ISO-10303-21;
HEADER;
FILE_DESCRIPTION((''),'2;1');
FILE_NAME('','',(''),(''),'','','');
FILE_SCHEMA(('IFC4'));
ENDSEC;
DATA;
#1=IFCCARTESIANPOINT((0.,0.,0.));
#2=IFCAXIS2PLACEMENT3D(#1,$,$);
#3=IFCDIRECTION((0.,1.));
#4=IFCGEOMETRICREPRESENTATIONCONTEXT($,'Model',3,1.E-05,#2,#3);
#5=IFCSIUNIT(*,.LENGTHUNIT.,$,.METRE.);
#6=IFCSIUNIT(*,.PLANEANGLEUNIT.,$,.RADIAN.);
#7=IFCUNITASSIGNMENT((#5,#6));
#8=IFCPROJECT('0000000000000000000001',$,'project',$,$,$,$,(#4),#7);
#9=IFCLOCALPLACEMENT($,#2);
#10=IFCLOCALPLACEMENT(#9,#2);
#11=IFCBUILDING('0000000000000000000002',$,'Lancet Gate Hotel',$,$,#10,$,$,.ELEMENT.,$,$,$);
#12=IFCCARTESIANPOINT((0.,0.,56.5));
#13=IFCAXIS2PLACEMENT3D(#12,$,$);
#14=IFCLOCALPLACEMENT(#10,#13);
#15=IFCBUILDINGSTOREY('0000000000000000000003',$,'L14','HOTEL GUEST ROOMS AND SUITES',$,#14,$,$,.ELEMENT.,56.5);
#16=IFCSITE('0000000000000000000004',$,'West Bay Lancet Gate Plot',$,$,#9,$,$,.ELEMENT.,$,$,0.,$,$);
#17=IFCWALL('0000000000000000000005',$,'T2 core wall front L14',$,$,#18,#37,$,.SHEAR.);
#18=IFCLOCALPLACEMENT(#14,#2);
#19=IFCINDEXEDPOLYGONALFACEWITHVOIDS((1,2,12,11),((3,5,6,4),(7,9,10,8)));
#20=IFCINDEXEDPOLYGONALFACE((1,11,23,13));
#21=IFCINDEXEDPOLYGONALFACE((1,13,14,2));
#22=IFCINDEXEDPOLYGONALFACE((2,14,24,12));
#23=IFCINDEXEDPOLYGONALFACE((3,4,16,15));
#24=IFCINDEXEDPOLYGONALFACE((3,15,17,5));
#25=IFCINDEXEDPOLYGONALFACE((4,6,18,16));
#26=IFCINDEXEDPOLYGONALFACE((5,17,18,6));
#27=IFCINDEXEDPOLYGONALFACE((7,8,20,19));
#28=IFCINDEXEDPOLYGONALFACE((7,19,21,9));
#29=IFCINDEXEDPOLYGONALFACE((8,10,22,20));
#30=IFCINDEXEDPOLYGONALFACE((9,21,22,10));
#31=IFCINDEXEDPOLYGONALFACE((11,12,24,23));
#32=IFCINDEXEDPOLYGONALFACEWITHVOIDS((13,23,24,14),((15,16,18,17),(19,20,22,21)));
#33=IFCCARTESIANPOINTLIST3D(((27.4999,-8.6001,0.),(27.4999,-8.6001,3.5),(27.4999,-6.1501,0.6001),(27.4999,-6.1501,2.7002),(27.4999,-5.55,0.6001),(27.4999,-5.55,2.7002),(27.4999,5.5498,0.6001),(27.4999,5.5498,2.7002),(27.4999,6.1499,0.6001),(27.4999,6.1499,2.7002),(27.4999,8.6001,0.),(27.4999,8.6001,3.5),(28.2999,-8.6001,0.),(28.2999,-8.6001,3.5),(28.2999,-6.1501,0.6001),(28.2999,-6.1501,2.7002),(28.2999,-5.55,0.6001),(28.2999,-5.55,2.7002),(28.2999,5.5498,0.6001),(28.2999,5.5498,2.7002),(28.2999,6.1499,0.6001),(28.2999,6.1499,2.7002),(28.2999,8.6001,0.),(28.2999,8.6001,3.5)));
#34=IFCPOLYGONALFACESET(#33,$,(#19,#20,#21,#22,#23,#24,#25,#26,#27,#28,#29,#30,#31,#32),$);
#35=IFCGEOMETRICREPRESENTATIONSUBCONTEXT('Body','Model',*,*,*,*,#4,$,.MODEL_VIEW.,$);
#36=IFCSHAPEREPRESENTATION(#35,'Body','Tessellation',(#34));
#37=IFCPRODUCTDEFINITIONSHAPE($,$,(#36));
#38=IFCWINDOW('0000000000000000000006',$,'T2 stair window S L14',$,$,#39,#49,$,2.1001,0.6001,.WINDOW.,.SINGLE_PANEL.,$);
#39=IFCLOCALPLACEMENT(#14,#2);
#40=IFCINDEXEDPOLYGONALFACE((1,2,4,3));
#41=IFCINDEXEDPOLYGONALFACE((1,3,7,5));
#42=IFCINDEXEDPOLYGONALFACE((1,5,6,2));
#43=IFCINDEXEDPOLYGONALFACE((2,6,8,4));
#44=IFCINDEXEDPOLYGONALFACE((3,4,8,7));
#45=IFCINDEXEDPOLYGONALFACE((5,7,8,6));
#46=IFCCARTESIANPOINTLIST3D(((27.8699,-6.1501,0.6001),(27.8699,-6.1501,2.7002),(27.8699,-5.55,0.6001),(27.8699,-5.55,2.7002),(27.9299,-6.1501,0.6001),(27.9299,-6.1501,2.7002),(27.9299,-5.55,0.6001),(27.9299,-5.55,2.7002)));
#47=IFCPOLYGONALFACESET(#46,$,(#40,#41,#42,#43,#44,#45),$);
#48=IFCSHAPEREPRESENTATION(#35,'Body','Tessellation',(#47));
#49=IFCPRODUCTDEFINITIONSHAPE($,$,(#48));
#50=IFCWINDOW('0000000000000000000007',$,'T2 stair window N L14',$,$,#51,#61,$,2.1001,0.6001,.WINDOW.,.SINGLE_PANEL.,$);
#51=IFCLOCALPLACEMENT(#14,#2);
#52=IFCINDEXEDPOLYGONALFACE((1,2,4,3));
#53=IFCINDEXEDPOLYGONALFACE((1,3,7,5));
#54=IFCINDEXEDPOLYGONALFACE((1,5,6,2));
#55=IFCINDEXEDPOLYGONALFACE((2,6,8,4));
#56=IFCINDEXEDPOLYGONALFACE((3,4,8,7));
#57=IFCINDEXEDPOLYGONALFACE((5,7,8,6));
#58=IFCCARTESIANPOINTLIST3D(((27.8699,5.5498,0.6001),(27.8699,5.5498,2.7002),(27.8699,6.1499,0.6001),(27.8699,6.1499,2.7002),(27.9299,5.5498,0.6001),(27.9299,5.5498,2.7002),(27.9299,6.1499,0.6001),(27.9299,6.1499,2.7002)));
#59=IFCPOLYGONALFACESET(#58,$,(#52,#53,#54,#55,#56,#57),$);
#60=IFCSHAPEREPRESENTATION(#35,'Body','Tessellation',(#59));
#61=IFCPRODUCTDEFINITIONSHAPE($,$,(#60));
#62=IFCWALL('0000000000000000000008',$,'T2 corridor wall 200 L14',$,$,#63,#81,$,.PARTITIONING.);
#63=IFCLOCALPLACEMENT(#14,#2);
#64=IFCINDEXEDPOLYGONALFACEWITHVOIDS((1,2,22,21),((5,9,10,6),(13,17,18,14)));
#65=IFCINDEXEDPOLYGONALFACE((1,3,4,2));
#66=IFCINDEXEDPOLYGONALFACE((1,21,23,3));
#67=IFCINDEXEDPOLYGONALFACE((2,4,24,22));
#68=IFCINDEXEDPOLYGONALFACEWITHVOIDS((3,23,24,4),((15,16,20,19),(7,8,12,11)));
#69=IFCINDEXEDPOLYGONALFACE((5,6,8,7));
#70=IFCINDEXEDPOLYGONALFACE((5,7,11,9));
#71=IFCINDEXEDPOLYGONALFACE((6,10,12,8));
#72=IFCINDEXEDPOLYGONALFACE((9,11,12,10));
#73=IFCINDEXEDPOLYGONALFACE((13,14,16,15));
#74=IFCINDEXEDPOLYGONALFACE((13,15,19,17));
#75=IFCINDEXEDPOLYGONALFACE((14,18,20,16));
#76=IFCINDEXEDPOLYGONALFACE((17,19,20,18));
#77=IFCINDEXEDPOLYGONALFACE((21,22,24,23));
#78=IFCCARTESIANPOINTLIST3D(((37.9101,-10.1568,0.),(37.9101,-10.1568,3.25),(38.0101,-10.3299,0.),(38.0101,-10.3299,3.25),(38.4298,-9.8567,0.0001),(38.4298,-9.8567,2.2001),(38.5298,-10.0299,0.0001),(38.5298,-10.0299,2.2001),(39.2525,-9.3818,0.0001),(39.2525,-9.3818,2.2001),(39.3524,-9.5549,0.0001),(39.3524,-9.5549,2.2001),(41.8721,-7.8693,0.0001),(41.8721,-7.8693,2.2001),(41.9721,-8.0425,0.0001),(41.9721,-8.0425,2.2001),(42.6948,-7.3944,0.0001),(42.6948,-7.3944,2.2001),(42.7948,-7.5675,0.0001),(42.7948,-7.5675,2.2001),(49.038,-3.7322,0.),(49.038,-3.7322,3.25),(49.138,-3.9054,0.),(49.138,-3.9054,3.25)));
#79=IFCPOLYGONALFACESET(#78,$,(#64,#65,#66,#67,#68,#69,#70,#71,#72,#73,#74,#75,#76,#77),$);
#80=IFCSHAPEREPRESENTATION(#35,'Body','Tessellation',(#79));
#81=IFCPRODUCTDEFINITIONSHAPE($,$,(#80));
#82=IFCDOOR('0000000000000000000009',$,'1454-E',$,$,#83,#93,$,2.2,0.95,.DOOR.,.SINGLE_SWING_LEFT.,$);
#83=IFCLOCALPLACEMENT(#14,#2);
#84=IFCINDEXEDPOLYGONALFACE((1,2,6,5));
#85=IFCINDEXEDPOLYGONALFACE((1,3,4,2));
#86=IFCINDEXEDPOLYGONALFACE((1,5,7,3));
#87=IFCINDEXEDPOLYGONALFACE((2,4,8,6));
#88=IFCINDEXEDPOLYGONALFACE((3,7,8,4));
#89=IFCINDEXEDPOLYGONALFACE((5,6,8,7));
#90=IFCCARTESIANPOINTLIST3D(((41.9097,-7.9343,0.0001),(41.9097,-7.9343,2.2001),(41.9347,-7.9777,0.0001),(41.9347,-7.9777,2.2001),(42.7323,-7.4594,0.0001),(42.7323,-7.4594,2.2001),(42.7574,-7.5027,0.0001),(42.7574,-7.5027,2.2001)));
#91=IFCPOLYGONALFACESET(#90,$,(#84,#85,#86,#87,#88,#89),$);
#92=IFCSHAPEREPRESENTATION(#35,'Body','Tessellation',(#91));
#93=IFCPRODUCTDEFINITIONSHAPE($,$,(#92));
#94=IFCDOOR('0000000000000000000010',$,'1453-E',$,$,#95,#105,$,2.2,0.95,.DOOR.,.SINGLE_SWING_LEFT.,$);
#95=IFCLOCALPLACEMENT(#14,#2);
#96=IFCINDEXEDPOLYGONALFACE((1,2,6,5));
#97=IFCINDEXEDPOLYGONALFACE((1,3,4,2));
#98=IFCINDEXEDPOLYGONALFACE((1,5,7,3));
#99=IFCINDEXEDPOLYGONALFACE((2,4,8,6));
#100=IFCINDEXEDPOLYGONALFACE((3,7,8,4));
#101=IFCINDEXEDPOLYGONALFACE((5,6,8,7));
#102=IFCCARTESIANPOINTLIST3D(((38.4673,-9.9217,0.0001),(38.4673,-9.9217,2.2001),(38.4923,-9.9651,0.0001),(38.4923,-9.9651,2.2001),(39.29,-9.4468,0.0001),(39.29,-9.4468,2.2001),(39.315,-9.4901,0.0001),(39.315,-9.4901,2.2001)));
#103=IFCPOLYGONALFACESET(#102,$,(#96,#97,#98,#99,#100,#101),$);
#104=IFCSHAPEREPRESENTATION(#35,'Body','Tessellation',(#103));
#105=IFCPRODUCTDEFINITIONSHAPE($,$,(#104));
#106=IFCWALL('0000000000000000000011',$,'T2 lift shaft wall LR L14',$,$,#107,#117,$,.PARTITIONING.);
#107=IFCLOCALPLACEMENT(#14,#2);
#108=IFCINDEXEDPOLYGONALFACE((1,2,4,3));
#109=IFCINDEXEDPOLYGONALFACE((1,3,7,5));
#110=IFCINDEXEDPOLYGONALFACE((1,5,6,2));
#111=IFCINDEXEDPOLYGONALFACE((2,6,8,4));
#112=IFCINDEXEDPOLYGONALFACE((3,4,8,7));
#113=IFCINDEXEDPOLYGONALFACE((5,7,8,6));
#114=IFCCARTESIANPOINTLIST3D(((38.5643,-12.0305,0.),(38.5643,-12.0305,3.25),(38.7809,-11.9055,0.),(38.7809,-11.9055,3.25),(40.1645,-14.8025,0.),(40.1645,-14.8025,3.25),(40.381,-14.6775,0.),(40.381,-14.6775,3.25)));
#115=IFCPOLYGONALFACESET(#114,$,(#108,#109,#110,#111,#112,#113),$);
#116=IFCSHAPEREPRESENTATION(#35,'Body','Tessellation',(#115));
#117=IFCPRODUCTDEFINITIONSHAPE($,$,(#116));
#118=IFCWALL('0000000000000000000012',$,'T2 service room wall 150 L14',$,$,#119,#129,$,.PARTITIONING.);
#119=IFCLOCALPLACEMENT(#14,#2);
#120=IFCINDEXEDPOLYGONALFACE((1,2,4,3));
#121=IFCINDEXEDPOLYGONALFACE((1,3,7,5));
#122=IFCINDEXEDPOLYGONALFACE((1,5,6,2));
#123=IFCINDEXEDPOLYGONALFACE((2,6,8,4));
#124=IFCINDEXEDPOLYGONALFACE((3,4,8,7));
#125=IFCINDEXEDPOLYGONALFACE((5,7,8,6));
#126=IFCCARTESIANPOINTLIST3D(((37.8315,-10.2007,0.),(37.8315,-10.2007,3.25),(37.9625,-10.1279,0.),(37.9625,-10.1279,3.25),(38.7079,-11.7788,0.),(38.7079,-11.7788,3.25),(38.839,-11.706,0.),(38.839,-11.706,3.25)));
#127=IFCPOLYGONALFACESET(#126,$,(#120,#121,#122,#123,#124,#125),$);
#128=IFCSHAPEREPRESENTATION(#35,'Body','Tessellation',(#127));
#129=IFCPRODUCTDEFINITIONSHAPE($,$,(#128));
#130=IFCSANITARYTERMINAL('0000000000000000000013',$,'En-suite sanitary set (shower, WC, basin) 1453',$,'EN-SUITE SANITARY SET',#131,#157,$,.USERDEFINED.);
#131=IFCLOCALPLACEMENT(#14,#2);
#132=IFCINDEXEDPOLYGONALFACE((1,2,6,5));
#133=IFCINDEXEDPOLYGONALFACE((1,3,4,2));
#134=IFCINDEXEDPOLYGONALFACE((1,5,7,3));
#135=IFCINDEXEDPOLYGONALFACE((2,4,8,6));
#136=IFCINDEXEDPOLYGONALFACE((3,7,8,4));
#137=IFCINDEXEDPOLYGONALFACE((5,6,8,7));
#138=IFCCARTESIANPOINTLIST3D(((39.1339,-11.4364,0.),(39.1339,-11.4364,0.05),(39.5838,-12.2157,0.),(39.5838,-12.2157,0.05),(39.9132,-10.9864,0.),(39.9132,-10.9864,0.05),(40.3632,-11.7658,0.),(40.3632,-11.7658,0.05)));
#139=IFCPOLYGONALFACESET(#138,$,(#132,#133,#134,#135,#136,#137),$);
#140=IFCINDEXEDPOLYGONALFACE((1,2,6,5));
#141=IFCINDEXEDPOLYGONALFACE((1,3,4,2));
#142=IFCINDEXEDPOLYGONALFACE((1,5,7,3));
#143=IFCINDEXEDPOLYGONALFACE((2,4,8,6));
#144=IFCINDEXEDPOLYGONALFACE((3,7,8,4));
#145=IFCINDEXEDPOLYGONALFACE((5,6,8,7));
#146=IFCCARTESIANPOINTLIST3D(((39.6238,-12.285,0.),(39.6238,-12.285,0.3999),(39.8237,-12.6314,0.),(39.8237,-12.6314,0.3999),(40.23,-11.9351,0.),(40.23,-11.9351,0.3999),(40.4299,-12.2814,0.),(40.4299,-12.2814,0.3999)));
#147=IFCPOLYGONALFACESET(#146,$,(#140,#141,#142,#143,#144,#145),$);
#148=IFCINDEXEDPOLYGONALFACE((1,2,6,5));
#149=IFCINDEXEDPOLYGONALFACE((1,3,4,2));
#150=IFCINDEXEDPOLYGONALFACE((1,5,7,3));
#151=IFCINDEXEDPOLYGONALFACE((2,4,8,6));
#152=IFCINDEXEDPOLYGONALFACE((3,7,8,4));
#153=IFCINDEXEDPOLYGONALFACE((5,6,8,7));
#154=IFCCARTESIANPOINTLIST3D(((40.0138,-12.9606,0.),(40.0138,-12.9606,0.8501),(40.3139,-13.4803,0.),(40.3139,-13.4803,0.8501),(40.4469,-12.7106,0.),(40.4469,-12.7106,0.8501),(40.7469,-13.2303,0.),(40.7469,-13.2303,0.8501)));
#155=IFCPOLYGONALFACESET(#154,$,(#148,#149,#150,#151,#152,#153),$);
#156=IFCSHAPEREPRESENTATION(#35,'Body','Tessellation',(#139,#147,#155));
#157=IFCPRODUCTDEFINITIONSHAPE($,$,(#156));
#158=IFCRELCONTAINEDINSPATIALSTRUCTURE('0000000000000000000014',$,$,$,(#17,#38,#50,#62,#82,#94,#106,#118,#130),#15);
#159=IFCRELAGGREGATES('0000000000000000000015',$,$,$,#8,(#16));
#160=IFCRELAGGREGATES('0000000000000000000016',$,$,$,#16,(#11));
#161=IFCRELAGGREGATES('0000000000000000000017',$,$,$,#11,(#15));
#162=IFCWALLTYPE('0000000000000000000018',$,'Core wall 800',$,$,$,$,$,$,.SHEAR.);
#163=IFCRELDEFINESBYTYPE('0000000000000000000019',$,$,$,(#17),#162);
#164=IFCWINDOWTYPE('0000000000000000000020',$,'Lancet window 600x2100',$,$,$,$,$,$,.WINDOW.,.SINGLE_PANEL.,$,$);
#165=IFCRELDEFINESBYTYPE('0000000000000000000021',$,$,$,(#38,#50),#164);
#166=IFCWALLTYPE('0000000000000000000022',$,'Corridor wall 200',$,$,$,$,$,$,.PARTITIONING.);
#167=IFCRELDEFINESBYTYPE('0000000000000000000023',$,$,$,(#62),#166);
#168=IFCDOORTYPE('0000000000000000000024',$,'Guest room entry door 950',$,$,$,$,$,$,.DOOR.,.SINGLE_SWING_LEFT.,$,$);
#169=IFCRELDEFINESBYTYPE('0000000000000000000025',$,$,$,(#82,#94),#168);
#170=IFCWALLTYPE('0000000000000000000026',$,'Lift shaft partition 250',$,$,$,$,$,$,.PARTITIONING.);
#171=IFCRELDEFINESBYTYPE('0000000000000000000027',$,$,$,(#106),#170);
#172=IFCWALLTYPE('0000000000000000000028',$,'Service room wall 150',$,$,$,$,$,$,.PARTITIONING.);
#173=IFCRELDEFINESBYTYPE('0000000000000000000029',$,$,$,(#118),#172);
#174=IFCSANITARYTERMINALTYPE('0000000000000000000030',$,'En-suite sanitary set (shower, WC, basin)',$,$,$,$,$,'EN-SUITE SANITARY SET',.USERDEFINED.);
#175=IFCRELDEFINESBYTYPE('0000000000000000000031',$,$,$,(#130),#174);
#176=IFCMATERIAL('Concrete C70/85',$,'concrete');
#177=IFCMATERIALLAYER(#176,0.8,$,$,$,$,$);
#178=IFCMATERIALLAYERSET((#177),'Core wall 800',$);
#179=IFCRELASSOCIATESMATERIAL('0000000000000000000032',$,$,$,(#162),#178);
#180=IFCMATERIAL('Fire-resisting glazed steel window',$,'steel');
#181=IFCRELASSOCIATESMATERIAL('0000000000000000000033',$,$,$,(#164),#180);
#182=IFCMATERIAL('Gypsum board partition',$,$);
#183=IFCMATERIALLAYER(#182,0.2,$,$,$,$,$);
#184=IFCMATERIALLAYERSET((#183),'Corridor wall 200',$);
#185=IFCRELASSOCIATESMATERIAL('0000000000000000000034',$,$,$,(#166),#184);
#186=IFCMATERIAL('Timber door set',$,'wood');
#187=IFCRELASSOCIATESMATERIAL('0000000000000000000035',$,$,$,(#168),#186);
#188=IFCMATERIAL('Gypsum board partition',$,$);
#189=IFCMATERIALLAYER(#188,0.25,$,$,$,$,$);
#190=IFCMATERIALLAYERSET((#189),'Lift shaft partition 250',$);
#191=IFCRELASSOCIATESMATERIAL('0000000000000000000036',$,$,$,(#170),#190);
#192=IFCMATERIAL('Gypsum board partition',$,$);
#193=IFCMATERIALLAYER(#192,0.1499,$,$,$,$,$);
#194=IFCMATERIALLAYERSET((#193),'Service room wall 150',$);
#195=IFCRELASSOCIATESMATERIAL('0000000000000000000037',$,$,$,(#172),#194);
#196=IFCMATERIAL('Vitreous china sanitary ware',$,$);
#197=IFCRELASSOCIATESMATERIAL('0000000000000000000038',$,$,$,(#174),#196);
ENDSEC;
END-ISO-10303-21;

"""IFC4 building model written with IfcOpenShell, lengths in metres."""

from ifc_helpers import new_model, si_unit, direction, frame, frame_2d, origin, origin_2d, place, context, subcontext, project, spatial, rectangle, extrude, material, layer, layer_set, type_object, element, fill, save


model = new_model("IFC4")

# Units and contexts
model_context = context("Model", 3, precision=1e-05, world=origin(), true_north=direction((0.0, 1.0)))
body_context = subcontext(model_context, "Body", "Model", "MODEL_VIEW")
ifc_project = project(units=[si_unit("LENGTHUNIT", "METRE"), si_unit("PLANEANGLEUNIT", "RADIAN")], contexts=[model_context])

# Site, building, storey
site_placement = place(None, origin())
site = spatial("IfcSite", under=ifc_project, at=site_placement, Name="West Bay Lancet Gate Plot", CompositionType="ELEMENT", RefElevation=0.0)
building_placement = place(site_placement, origin())
building = spatial("IfcBuilding", under=site, at=building_placement, Name="Lancet Gate Hotel", CompositionType="ELEMENT")
storey_placement = place(building_placement, frame((0.0, 0.0, 56.5)))
storey = spatial("IfcBuildingStorey", under=building, at=storey_placement, Name="L14", Description="HOTEL GUEST ROOMS AND SUITES", CompositionType="ELEMENT", Elevation=56.5)

# Wall, openings, windows
ifc_material_1 = material(Name="Concrete C70/85", Category="concrete")
ifc_layer_1 = layer(ifc_material_1, 0.8)
ifc_layer_set_1 = layer_set([ifc_layer_1], Name="Core wall 800")
wall_type_1 = type_object("IfcWallType", Name="Core wall 800", PredefinedType="SHEAR", material=ifc_layer_set_1)
wall_1_placement = place(storey_placement, frame((27.8999, -8.6001, 0.0), z_axis=(0.0, 0.0, 1.0), x_axis=(0.0, 1.0, 0.0)))
wall_1 = element("IfcWall", 1, at=wall_1_placement, inside=storey, type_object=wall_type_1, Name="T2 core wall front L14", PredefinedType="SHEAR", context=body_context, shape_type="SweptSolid", body=[
    extrude(rectangle(XDim=17.2002, YDim=0.8, at=frame_2d((8.6001, 0.0))), origin(), (0.0, 0.0, 1.0), 3.5),
])
opening_1_placement = place(wall_1_placement, frame((2.45, 0.0, 0.6001)))
opening_1 = element("IfcOpeningElement", 2, at=opening_1_placement, cuts=wall_1, PredefinedType="OPENING", context=body_context, shape_type="SweptSolid", body=[
    extrude(rectangle(XDim=0.6001, YDim=2.1001, at=frame_2d((0.3, 1.05))), frame((0.0, 0.4099, 0.0), z_axis=(0.0, -1.0, 0.0), x_axis=(1.0, 0.0, 0.0)), (0.0, 0.0, 1.0), 0.8201),
])
opening_2_placement = place(wall_1_placement, frame((14.1499, 0.0, 0.6001)))
opening_2 = element("IfcOpeningElement", 3, at=opening_2_placement, cuts=wall_1, PredefinedType="OPENING", context=body_context, shape_type="SweptSolid", body=[
    extrude(rectangle(XDim=0.6001, YDim=2.1001, at=frame_2d((0.3, 1.05))), frame((0.0, 0.4099, 0.0), z_axis=(0.0, -1.0, 0.0), x_axis=(1.0, 0.0, 0.0)), (0.0, 0.0, 1.0), 0.8201),
])
ifc_material_2 = material(Name="Fire-resisting glazed steel window", Category="steel")
window_type = type_object("IfcWindowType", Name="Lancet window 600x2100", PartitioningType="SINGLE_PANEL", PredefinedType="WINDOW", material=ifc_material_2)
window_1_placement = place(opening_1_placement, origin())
window_1 = element("IfcWindow", 4, at=window_1_placement, inside=storey, type_object=window_type, Name="T2 stair window S L14", OverallHeight=2.1001, OverallWidth=0.6001, PartitioningType="SINGLE_PANEL", PredefinedType="WINDOW", context=body_context, shape_type="SweptSolid", body=[
    extrude(rectangle(XDim=0.6001, YDim=2.1001, at=frame_2d((0.3, 1.05))), frame((0.0, 0.03, 0.0), z_axis=(0.0, -1.0, 0.0), x_axis=(1.0, 0.0, 0.0)), (0.0, 0.0, 1.0), 0.0601),
])
fill(opening_1, window_1)
window_2_placement = place(opening_2_placement, origin())
window_2 = element("IfcWindow", 5, at=window_2_placement, inside=storey, type_object=window_type, Name="T2 stair window N L14", OverallHeight=2.1001, OverallWidth=0.6001, PartitioningType="SINGLE_PANEL", PredefinedType="WINDOW", context=body_context, shape_type="SweptSolid", body=[
    extrude(rectangle(XDim=0.6001, YDim=2.1001, at=frame_2d((0.3, 1.05))), frame((0.0, 0.03, 0.0), z_axis=(0.0, -1.0, 0.0), x_axis=(1.0, 0.0, 0.0)), (0.0, 0.0, 1.0), 0.0601),
])
fill(opening_2, window_2)

# Wall, openings, doors
ifc_material_3 = material(Name="Gypsum board partition")
ifc_layer_2 = layer(ifc_material_3, 0.2)
ifc_layer_set_2 = layer_set([ifc_layer_2], Name="Corridor wall 200")
wall_type_2 = type_object("IfcWallType", Name="Corridor wall 200", PredefinedType="PARTITIONING", material=ifc_layer_set_2)
wall_2_placement = place(storey_placement, frame((37.96, -10.2434, 0.0), z_axis=(0.0, 0.0, 1.0), x_axis=(0.866031, 0.499991, 0.0)))
wall_2 = element("IfcWall", 6, at=wall_2_placement, inside=storey, type_object=wall_type_2, Name="T2 corridor wall 200 L14", PredefinedType="PARTITIONING", context=body_context, shape_type="SweptSolid", body=[
    extrude(rectangle(XDim=12.8494, YDim=0.2, at=frame_2d((6.4248, 0.0))), origin(), (0.0, 0.0, 1.0), 3.25),
])
opening_3_placement = place(wall_2_placement, frame((4.575, 0.0, 0.0)))
opening_3 = element("IfcOpeningElement", 7, at=opening_3_placement, cuts=wall_2, PredefinedType="OPENING", context=body_context, shape_type="SweptSolid", body=[
    extrude(rectangle(XDim=0.95, YDim=2.2, at=frame_2d((0.4751, 1.1001))), frame((0.0, 0.1099, 0.0), z_axis=(0.0, -1.0, 0.0), x_axis=(1.0, 0.0, 0.0)), (0.0, 0.0, 1.0), 0.22),
])
opening_4_placement = place(wall_2_placement, frame((0.6001, 0.0, 0.0)))
opening_4 = element("IfcOpeningElement", 8, at=opening_4_placement, cuts=wall_2, PredefinedType="OPENING", context=body_context, shape_type="SweptSolid", body=[
    extrude(rectangle(XDim=0.95, YDim=2.2, at=frame_2d((0.4751, 1.1001))), frame((0.0, 0.1099, 0.0), z_axis=(0.0, -1.0, 0.0), x_axis=(1.0, 0.0, 0.0)), (0.0, 0.0, 1.0), 0.22),
])
ifc_material_4 = material(Name="Timber door set", Category="wood")
door_type_1 = type_object("IfcDoorType", Name="Guest room entry door 950", OperationType="SINGLE_SWING_LEFT", PredefinedType="DOOR", material=ifc_material_4)
door_1_placement = place(opening_3_placement, origin())
door_1 = element("IfcDoor", 9, at=door_1_placement, inside=storey, type_object=door_type_1, Name="1454-E", OperationType="SINGLE_SWING_LEFT", OverallHeight=2.2, OverallWidth=0.95, PredefinedType="DOOR", context=body_context, shape_type="SweptSolid", body=[
    extrude(rectangle(XDim=0.95, YDim=2.2, at=frame_2d((0.4751, 1.1001))), frame((0.0, 0.0249, 0.0), z_axis=(0.0, -1.0, 0.0), x_axis=(1.0, 0.0, 0.0)), (0.0, 0.0, 1.0), 0.05),
])
fill(opening_3, door_1)
door_2_placement = place(opening_4_placement, origin())
door_2 = element("IfcDoor", 10, at=door_2_placement, inside=storey, type_object=door_type_1, Name="1453-E", OperationType="SINGLE_SWING_LEFT", OverallHeight=2.2, OverallWidth=0.95, PredefinedType="DOOR", context=body_context, shape_type="SweptSolid", body=[
    extrude(rectangle(XDim=0.95, YDim=2.2, at=frame_2d((0.4751, 1.1001))), frame((0.0, 0.0249, 0.0), z_axis=(0.0, -1.0, 0.0), x_axis=(1.0, 0.0, 0.0)), (0.0, 0.0, 1.0), 0.05),
])
fill(opening_4, door_2)

# Walls
ifc_material_5 = material(Name="Gypsum board partition")
ifc_layer_3 = layer(ifc_material_5, 0.25)
ifc_layer_set_3 = layer_set([ifc_layer_3], Name="Lift shaft partition 250")
wall_type_3 = type_object("IfcWallType", Name="Lift shaft partition 250", PredefinedType="PARTITIONING", material=ifc_layer_set_3)
wall_3_placement = place(storey_placement, frame((38.6726, -11.968, 0.0), z_axis=(0.0, 0.0, 1.0), x_axis=(0.499929, -0.866066, 0.0)))
element("IfcWall", 11, at=wall_3_placement, inside=storey, type_object=wall_type_3, Name="T2 lift shaft wall LR L14", PredefinedType="PARTITIONING", context=body_context, shape_type="SweptSolid", body=[
    extrude(rectangle(XDim=3.2007, YDim=0.25, at=frame_2d((1.6003, 0.0))), origin(), (0.0, 0.0, 1.0), 3.25),
])
ifc_material_6 = material(Name="Gypsum board partition")
ifc_layer_4 = layer(ifc_material_6, 0.1499)
ifc_layer_set_4 = layer_set([ifc_layer_4], Name="Service room wall 150")
wall_type_4 = type_object("IfcWallType", Name="Service room wall 150", PredefinedType="PARTITIONING", material=ifc_layer_set_4)
wall_4_placement = place(storey_placement, frame((38.7734, -11.7424, 0.0), z_axis=(0.0, 0.0, 1.0), x_axis=(-0.485528, 0.874221, 0.0)))
element("IfcWall", 12, at=wall_4_placement, inside=storey, type_object=wall_type_4, Name="T2 service room wall 150 L14", PredefinedType="PARTITIONING", context=body_context, shape_type="SweptSolid", body=[
    extrude(rectangle(XDim=1.8052, YDim=0.1499, at=frame_2d((0.9026, 0.0))), origin(), (0.0, 0.0, 1.0), 3.25),
])

# Sanitary terminal
ifc_material_7 = material(Name="Vitreous china sanitary ware")
sanitary_terminal_type = type_object("IfcSanitaryTerminalType", Name="En-suite sanitary set (shower, WC, basin)", ElementType="EN-SUITE SANITARY SET", PredefinedType="USERDEFINED", material=ifc_material_7)
sanitary_terminal_placement = place(storey_placement, frame((39.7485, -11.6011, 0.0), z_axis=(0.0, 0.0, 1.0), x_axis=(1.0, 0.0, 0.0)))
element("IfcSanitaryTerminal", 13, at=sanitary_terminal_placement, inside=storey, type_object=sanitary_terminal_type, Name="En-suite sanitary set (shower, WC, basin) 1453", ObjectType="EN-SUITE SANITARY SET", PredefinedType="USERDEFINED", context=body_context, shape_type="SweptSolid", body=[
    extrude(rectangle(XDim=0.8999, YDim=0.8999, at=origin_2d()), frame((0.0, 0.0, 0.0), z_axis=(0.0, 0.0, 1.0), x_axis=(-0.5, 0.866025, 0.0)), (0.0, 0.0, 1.0), 0.05),
    extrude(rectangle(XDim=0.3999, YDim=0.7, at=origin_2d()), frame((0.2783, -0.6821, 0.0), z_axis=(0.0, 0.0, 1.0), x_axis=(-0.5, 0.866025, 0.0)), (0.0, 0.0, 1.0), 0.3999),
    extrude(rectangle(XDim=0.6001, YDim=0.5, at=origin_2d()), frame((0.6318, -1.4944, 0.0), z_axis=(0.0, 0.0, 1.0), x_axis=(-0.5, 0.866025, 0.0)), (0.0, 0.0, 1.0), 0.8501),
])

save(model, "model.ifc")
